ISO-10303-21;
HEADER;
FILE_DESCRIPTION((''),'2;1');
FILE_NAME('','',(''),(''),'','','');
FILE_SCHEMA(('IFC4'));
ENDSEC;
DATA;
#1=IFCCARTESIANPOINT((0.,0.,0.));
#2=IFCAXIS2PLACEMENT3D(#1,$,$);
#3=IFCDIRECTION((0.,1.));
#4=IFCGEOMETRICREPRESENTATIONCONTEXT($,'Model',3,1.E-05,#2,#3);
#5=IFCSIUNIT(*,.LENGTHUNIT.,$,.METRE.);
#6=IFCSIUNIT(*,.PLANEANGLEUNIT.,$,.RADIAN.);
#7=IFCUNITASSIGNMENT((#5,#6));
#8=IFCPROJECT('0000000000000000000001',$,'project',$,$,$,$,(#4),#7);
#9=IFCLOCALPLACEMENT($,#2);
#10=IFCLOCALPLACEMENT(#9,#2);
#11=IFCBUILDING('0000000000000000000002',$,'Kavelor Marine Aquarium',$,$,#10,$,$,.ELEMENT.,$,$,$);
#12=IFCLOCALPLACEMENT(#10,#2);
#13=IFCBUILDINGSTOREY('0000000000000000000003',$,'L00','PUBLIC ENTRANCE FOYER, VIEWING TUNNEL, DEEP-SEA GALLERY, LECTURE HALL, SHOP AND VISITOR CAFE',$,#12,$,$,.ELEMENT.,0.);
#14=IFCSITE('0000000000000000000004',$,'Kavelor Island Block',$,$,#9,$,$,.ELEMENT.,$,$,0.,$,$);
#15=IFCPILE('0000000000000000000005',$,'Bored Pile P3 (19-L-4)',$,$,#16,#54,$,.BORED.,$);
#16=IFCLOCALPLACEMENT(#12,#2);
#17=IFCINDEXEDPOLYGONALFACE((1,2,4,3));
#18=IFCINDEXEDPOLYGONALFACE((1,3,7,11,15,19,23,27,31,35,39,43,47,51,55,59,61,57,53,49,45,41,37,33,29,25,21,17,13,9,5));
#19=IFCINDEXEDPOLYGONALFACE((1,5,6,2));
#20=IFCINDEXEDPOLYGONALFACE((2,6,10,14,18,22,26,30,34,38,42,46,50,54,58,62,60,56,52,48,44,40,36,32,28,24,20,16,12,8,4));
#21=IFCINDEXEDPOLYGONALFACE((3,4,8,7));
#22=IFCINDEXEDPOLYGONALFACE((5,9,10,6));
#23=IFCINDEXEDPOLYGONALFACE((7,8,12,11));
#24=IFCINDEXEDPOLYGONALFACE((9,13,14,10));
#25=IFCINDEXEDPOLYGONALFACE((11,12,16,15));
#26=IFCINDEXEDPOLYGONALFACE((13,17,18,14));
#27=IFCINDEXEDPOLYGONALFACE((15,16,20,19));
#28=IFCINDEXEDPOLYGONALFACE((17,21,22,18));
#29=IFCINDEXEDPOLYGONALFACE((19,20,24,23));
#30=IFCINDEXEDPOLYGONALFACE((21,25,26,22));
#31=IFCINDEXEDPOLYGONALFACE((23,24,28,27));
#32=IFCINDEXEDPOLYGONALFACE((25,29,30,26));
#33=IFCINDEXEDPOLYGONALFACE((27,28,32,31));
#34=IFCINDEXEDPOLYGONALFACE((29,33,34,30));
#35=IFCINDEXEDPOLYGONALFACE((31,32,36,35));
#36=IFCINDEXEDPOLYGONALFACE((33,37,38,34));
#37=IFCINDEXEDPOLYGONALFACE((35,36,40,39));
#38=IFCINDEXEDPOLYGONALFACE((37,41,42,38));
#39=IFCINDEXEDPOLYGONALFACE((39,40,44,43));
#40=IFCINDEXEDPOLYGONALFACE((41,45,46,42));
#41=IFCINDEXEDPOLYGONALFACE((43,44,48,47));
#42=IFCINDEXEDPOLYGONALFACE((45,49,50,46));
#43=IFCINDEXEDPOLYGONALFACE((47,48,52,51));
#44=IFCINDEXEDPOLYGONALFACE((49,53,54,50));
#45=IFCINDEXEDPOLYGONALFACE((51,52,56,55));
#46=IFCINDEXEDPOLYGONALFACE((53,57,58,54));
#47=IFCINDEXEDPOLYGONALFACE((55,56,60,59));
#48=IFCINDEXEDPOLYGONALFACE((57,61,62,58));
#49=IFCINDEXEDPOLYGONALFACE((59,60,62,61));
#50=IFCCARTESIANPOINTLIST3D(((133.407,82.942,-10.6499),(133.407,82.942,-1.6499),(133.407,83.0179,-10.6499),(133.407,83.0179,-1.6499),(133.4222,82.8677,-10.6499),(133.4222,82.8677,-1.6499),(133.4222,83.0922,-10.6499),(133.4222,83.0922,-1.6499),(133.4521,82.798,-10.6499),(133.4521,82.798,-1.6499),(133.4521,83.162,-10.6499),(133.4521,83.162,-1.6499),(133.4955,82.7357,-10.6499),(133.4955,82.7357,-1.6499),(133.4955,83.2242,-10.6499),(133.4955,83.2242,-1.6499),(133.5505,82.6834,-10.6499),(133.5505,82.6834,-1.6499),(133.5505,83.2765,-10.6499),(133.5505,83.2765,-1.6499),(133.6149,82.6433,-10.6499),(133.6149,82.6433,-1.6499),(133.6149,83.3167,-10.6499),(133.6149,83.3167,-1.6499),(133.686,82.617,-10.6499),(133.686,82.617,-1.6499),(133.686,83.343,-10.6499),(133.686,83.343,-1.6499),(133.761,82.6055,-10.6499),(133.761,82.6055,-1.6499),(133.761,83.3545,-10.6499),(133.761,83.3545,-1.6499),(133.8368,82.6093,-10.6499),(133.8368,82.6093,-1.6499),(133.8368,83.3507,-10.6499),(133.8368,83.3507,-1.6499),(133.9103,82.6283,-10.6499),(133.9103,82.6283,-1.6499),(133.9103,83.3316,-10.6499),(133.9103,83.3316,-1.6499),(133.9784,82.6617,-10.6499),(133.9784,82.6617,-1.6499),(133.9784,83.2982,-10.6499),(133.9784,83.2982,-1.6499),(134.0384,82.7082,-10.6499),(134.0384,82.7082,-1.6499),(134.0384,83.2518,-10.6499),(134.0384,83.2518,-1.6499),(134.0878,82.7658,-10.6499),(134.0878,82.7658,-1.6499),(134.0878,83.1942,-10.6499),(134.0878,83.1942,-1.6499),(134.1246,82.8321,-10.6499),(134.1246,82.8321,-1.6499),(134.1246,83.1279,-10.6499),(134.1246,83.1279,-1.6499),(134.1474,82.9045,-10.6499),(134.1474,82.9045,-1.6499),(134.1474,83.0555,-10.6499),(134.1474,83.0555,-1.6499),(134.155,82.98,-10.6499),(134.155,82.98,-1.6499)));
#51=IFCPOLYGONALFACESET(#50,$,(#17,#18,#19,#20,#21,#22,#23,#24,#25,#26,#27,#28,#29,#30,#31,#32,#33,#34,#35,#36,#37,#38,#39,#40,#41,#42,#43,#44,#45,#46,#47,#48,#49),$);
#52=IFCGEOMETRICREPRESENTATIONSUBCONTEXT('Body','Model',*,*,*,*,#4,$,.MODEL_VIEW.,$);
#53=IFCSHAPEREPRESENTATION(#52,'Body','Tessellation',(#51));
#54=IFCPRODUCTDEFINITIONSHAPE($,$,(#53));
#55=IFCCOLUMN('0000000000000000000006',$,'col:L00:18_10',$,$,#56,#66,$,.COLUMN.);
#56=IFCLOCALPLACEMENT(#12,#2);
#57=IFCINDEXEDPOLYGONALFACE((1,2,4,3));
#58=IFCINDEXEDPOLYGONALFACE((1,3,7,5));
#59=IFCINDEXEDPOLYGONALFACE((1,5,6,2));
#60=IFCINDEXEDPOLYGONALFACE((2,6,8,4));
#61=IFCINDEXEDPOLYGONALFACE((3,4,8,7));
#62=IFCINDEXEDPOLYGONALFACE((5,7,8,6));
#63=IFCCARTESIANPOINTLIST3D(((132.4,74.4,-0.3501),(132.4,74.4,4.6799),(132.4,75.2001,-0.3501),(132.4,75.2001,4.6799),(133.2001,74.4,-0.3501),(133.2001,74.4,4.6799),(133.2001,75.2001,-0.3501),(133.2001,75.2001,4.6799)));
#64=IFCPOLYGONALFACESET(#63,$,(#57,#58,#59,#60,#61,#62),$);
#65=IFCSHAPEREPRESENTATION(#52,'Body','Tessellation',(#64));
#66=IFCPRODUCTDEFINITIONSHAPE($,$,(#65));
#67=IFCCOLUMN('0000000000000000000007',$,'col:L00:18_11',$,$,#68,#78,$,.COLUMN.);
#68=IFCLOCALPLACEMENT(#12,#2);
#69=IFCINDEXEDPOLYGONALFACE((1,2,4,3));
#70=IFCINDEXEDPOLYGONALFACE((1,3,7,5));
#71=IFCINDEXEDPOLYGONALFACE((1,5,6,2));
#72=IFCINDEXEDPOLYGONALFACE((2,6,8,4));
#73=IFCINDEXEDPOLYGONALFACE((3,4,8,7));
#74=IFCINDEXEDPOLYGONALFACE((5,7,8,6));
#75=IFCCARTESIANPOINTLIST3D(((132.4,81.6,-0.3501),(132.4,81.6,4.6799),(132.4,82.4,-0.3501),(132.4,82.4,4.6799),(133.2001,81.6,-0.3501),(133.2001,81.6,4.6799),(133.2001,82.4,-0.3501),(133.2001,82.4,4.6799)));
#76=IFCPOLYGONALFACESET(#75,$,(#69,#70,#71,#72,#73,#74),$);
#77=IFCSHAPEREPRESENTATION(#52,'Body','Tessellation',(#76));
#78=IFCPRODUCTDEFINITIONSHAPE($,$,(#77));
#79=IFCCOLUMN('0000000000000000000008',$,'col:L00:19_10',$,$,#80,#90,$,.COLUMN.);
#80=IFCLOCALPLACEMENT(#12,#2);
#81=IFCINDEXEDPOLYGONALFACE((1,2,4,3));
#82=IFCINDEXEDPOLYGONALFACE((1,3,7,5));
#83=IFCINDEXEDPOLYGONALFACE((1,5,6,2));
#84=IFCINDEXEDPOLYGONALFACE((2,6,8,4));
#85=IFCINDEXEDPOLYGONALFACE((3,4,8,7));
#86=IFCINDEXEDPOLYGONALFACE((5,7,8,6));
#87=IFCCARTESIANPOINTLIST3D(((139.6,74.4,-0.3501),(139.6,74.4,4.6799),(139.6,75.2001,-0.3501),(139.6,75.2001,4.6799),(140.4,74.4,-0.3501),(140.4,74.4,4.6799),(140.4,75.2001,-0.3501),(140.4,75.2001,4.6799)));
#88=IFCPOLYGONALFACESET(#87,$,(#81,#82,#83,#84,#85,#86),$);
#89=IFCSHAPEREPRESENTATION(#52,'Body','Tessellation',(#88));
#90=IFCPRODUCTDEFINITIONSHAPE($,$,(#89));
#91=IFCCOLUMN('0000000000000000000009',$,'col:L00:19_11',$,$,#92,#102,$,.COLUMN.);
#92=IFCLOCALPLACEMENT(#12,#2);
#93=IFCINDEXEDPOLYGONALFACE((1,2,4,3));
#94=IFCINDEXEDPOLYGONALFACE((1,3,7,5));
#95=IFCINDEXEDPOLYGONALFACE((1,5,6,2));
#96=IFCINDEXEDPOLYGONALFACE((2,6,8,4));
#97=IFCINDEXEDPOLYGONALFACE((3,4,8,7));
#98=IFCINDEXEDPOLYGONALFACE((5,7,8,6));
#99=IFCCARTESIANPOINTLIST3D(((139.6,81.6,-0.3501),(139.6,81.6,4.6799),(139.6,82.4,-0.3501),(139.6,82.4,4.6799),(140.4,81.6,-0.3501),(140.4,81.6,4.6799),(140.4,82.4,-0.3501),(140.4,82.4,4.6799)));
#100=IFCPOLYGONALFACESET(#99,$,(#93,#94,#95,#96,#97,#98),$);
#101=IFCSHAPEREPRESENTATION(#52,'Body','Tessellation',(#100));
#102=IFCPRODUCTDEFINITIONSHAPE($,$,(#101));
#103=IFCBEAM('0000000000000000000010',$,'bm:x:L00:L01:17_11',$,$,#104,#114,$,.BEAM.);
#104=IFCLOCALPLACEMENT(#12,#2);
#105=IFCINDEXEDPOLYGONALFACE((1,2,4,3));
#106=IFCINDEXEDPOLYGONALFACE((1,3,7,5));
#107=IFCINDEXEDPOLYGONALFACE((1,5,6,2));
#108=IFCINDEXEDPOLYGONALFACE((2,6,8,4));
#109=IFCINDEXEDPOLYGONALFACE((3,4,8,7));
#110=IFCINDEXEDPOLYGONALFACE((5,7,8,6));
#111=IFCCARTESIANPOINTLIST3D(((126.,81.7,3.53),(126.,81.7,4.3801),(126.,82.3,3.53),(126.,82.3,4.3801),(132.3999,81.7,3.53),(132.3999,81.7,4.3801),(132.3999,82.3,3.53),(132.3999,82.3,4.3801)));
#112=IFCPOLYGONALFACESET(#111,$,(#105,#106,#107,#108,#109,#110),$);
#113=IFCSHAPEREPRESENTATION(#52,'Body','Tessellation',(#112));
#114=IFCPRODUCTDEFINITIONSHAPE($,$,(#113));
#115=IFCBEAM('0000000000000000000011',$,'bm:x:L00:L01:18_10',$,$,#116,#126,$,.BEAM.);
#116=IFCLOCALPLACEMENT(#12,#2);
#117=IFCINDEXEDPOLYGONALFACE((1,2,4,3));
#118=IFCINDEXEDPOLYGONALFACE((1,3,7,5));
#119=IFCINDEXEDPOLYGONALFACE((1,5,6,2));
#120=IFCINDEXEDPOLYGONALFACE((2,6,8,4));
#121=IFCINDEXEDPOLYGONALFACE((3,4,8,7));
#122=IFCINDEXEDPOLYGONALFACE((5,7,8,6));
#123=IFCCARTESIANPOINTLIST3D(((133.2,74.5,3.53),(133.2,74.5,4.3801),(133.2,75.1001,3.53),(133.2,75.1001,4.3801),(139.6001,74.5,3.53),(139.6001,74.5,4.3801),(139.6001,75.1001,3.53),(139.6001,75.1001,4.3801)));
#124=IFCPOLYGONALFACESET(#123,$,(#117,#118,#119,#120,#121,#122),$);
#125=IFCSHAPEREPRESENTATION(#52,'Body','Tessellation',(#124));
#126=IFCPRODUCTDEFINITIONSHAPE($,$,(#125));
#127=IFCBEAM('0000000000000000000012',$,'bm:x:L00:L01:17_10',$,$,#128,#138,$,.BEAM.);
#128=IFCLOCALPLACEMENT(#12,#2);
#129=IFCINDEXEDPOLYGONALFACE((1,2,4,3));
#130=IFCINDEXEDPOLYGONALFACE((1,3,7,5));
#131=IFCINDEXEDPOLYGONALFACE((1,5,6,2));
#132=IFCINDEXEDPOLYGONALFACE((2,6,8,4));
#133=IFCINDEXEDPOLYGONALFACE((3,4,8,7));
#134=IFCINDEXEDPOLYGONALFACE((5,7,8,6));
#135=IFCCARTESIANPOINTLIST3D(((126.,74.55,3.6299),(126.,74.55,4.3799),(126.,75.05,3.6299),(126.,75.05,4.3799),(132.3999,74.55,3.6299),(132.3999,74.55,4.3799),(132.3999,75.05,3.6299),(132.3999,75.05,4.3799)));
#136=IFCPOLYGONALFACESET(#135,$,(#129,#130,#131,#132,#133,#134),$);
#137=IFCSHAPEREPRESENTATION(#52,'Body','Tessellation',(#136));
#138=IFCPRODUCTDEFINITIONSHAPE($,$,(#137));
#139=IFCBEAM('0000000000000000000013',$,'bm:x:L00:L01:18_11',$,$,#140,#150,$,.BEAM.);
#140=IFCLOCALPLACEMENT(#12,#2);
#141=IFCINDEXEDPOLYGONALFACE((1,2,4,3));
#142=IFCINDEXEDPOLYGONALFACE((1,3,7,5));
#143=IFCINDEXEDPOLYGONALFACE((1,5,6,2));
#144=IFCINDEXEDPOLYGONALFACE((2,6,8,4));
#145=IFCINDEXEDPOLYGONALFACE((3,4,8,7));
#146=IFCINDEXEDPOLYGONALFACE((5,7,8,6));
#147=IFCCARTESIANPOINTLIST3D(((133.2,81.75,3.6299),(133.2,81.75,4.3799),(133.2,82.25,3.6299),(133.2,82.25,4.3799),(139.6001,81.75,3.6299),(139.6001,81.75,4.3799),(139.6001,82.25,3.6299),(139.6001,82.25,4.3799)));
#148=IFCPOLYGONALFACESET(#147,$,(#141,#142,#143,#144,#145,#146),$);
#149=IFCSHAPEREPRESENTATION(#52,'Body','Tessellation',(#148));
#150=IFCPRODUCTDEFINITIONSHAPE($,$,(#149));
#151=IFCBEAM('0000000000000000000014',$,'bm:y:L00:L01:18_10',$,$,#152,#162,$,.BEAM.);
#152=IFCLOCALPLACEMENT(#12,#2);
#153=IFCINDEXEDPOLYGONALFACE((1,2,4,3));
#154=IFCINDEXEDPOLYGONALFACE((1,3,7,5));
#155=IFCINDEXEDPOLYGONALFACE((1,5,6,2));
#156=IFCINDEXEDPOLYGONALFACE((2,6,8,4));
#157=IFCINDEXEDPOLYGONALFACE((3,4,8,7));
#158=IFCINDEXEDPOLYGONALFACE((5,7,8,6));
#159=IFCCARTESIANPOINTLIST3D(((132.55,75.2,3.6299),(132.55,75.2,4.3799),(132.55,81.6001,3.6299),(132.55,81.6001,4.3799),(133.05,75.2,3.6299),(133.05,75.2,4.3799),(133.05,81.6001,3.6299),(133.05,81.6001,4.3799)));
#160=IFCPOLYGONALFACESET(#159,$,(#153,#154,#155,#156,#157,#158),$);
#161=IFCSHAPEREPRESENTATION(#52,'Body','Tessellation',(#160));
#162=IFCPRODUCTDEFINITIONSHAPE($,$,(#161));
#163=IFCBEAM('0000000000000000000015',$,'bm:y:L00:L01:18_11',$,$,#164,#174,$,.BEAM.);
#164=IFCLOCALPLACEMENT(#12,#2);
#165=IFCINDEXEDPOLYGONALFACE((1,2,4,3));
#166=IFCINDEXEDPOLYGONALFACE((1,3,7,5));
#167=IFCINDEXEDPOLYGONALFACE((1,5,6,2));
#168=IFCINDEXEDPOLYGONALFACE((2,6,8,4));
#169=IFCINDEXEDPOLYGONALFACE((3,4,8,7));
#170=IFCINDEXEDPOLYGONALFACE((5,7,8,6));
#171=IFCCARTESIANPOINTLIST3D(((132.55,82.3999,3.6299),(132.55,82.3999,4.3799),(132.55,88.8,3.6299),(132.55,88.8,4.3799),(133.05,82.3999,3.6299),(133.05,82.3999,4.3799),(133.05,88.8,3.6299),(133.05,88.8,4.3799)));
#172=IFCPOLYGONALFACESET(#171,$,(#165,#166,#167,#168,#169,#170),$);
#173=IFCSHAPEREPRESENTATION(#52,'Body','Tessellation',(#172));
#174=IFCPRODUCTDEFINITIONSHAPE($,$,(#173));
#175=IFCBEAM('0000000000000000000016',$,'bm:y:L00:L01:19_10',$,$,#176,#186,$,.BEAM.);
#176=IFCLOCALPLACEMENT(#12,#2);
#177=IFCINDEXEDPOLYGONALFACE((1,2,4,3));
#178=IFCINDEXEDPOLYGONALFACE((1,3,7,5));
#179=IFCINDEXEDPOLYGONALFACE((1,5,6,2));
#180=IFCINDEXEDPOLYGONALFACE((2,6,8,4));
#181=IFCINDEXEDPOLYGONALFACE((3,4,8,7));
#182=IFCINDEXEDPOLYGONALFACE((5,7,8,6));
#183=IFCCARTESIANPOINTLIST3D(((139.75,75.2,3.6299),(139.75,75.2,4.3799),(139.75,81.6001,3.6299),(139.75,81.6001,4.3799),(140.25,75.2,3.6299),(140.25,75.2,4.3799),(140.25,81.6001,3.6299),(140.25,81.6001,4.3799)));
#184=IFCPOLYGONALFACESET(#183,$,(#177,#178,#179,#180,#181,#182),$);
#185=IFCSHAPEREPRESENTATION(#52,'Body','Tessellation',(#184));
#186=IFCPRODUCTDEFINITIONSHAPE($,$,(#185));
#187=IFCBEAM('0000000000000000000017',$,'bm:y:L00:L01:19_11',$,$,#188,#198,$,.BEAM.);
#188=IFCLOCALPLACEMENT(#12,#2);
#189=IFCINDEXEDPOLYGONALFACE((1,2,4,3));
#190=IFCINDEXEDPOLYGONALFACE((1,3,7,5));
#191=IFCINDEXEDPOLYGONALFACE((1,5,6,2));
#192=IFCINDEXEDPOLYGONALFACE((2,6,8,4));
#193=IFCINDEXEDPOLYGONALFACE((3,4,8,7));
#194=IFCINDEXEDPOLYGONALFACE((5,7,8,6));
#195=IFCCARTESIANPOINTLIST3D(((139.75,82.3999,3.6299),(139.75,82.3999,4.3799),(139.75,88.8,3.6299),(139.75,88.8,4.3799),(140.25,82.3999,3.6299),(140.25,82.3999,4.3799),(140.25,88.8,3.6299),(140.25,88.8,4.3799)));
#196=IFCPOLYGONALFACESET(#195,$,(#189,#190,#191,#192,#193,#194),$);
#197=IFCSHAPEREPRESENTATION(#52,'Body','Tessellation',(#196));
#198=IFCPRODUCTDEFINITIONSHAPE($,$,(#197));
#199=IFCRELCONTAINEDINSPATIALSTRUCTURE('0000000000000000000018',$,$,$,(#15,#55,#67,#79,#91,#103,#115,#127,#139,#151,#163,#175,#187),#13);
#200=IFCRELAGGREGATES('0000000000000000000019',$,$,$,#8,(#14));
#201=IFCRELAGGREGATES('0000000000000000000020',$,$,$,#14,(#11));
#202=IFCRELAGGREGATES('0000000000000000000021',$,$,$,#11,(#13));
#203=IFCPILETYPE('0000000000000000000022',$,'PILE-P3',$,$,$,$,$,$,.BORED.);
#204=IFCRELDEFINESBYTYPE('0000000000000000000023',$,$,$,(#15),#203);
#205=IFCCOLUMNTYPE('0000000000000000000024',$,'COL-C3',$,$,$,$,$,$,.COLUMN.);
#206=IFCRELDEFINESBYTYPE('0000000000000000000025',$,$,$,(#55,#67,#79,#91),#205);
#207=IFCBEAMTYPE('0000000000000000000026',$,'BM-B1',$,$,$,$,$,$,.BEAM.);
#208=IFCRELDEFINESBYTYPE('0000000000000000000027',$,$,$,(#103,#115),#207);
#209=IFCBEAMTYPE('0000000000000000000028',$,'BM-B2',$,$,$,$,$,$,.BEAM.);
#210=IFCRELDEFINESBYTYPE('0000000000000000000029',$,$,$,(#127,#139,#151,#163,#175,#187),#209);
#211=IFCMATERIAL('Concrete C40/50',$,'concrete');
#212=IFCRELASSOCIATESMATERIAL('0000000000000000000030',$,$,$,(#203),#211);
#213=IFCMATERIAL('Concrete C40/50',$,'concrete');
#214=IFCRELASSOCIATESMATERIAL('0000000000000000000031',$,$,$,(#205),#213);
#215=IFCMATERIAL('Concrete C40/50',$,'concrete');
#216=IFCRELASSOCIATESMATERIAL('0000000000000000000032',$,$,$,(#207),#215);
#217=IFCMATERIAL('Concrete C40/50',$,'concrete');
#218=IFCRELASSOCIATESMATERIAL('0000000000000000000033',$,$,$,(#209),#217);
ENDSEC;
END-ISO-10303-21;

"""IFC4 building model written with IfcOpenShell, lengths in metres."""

from ifc_helpers import new_model, si_unit, direction, frame, origin, origin_2d, place, context, subcontext, project, spatial, rectangle, circle, extrude, material, material_profile, profile_set, type_object, element, save


model = new_model("IFC4")

# Units and contexts
model_context = context("Model", 3, precision=1e-05, world=origin(), true_north=direction((0.0, 1.0)))
body_context = subcontext(model_context, "Body", "Model", "MODEL_VIEW")
ifc_project = project(units=[si_unit("LENGTHUNIT", "METRE"), si_unit("PLANEANGLEUNIT", "RADIAN")], contexts=[model_context])

# Site, building, storey
site_placement = place(None, origin())
site = spatial("IfcSite", under=ifc_project, at=site_placement, Name="Kavelor Island Block", CompositionType="ELEMENT", RefElevation=0.0)
building_placement = place(site_placement, origin())
building = spatial("IfcBuilding", under=site, at=building_placement, Name="Kavelor Marine Aquarium", CompositionType="ELEMENT")
storey_placement = place(building_placement, origin())
storey = spatial("IfcBuildingStorey", under=building, at=storey_placement, Name="L00", Description="PUBLIC ENTRANCE FOYER, VIEWING TUNNEL, DEEP-SEA GALLERY, LECTURE HALL, SHOP AND VISITOR CAFE", CompositionType="ELEMENT", Elevation=0.0)

# Pile
ifc_material_1 = material(Name="Concrete C40/50", Category="concrete")
ifc_material_profile_1 = material_profile(ifc_material_1, circle(Radius=0.375, at=origin_2d()), Name="PILE D750")
ifc_profile_set_1 = profile_set([ifc_material_profile_1], Name="Concrete C40/50")
pile_type_1 = type_object("IfcPileType", Name="PILE-P3", PredefinedType="BORED", material=ifc_profile_set_1)
for number, where, z_axis, x_axis, name in (
    (1, (133.78, 82.98, -1.6499), (0.0, 0.0, -1.0), (1.0, 0.0, 0.0), "Bored Pile P3 (19-L-4)"),
):
    element("IfcPile", number, at=place(storey_placement, frame(where, z_axis=z_axis, x_axis=x_axis)), inside=storey, type_object=pile_type_1, Name=name, PredefinedType="BORED", context=body_context, shape_type="SweptSolid", body=[
        extrude(circle(Radius=0.375, at=origin_2d()), origin(), (0.0, 0.0, 1.0), 9.0),
    ])

# Columns
ifc_material_2 = material(Name="Concrete C40/50", Category="concrete")
ifc_material_profile_2 = material_profile(ifc_material_2, rectangle(XDim=0.8, YDim=0.8, at=origin_2d()), Name="RC-COL 800x800")
ifc_profile_set_2 = profile_set([ifc_material_profile_2], Name="Concrete C40/50")
column_type = type_object("IfcColumnType", Name="COL-C3", PredefinedType="COLUMN", material=ifc_profile_set_2)
for number, where, z_axis, x_axis, name in (
    (2, (132.8, 74.8, -0.3501), (0.0, 0.0, 1.0), (1.0, 0.0, 0.0), "col:L00:18_10"),
    (3, (132.8, 82.0, -0.3501), (0.0, 0.0, 1.0), (1.0, 0.0, 0.0), "col:L00:18_11"),
    (4, (140.0, 74.8, -0.3501), (0.0, 0.0, 1.0), (1.0, 0.0, 0.0), "col:L00:19_10"),
    (5, (140.0, 82.0, -0.3501), (0.0, 0.0, 1.0), (1.0, 0.0, 0.0), "col:L00:19_11"),
):
    element("IfcColumn", number, at=place(storey_placement, frame(where, z_axis=z_axis, x_axis=x_axis)), inside=storey, type_object=column_type, Name=name, PredefinedType="COLUMN", context=body_context, shape_type="SweptSolid", body=[
        extrude(rectangle(XDim=0.8, YDim=0.8, at=origin_2d()), origin(), (0.0, 0.0, 1.0), 5.03),
    ])

# Beams
ifc_material_3 = material(Name="Concrete C40/50", Category="concrete")
ifc_material_profile_3 = material_profile(ifc_material_3, rectangle(XDim=0.6001, YDim=0.8501, at=origin_2d()), Name="RC-BM 600x850")
ifc_profile_set_3 = profile_set([ifc_material_profile_3], Name="Concrete C40/50")
beam_type_1 = type_object("IfcBeamType", Name="BM-B1", PredefinedType="BEAM", material=ifc_profile_set_3)
beam_1_placement = place(storey_placement, frame((126.0, 82.0, 3.9551), z_axis=(1.0, 0.0, 0.0), x_axis=(0.0, 1.0, 0.0)))
element("IfcBeam", 6, at=beam_1_placement, inside=storey, type_object=beam_type_1, Name="bm:x:L00:L01:17_11", PredefinedType="BEAM", context=body_context, shape_type="SweptSolid", body=[
    extrude(rectangle(XDim=0.6001, YDim=0.8501, at=origin_2d()), origin(), (0.0, 0.0, 1.0), 6.3999),
])
beam_2_placement = place(storey_placement, frame((133.2, 74.8, 3.9551), z_axis=(1.0, 0.0, 0.0), x_axis=(0.0, 1.0, 0.0)))
element("IfcBeam", 7, at=beam_2_placement, inside=storey, type_object=beam_type_1, Name="bm:x:L00:L01:18_10", PredefinedType="BEAM", context=body_context, shape_type="SweptSolid", body=[
    extrude(rectangle(XDim=0.6001, YDim=0.8501, at=origin_2d()), origin(), (0.0, 0.0, 1.0), 6.4001),
])
ifc_material_4 = material(Name="Concrete C40/50", Category="concrete")
ifc_material_profile_4 = material_profile(ifc_material_4, rectangle(XDim=0.5, YDim=0.75, at=origin_2d()), Name="RC-BM 500x750")
ifc_profile_set_4 = profile_set([ifc_material_profile_4], Name="Concrete C40/50")
beam_type_2 = type_object("IfcBeamType", Name="BM-B2", PredefinedType="BEAM", material=ifc_profile_set_4)
beam_3_placement = place(storey_placement, frame((126.0, 74.8, 4.0049), z_axis=(1.0, 0.0, 0.0), x_axis=(0.0, 1.0, 0.0)))
element("IfcBeam", 8, at=beam_3_placement, inside=storey, type_object=beam_type_2, Name="bm:x:L00:L01:17_10", PredefinedType="BEAM", context=body_context, shape_type="SweptSolid", body=[
    extrude(rectangle(XDim=0.5, YDim=0.75, at=origin_2d()), origin(), (0.0, 0.0, 1.0), 6.3999),
])
for number, where, z_axis, x_axis, name in (
    (9, (133.2, 82.0, 4.0049), (1.0, 0.0, 0.0), (0.0, 1.0, 0.0), "bm:x:L00:L01:18_11"),
    (10, (132.8, 75.2, 4.0049), (0.0, 1.0, 0.0), (-1.0, 0.0, 0.0), "bm:y:L00:L01:18_10"),
    (11, (132.8, 82.3999, 4.0049), (0.0, 1.0, 0.0), (-1.0, 0.0, 0.0), "bm:y:L00:L01:18_11"),
    (12, (140.0, 75.2, 4.0049), (0.0, 1.0, 0.0), (-1.0, 0.0, 0.0), "bm:y:L00:L01:19_10"),
    (13, (140.0, 82.3999, 4.0049), (0.0, 1.0, 0.0), (-1.0, 0.0, 0.0), "bm:y:L00:L01:19_11"),
):
    element("IfcBeam", number, at=place(storey_placement, frame(where, z_axis=z_axis, x_axis=x_axis)), inside=storey, type_object=beam_type_2, Name=name, PredefinedType="BEAM", context=body_context, shape_type="SweptSolid", body=[
        extrude(rectangle(XDim=0.5, YDim=0.75, at=origin_2d()), origin(), (0.0, 0.0, 1.0), 6.4001),
    ])

save(model, "model.ifc")
